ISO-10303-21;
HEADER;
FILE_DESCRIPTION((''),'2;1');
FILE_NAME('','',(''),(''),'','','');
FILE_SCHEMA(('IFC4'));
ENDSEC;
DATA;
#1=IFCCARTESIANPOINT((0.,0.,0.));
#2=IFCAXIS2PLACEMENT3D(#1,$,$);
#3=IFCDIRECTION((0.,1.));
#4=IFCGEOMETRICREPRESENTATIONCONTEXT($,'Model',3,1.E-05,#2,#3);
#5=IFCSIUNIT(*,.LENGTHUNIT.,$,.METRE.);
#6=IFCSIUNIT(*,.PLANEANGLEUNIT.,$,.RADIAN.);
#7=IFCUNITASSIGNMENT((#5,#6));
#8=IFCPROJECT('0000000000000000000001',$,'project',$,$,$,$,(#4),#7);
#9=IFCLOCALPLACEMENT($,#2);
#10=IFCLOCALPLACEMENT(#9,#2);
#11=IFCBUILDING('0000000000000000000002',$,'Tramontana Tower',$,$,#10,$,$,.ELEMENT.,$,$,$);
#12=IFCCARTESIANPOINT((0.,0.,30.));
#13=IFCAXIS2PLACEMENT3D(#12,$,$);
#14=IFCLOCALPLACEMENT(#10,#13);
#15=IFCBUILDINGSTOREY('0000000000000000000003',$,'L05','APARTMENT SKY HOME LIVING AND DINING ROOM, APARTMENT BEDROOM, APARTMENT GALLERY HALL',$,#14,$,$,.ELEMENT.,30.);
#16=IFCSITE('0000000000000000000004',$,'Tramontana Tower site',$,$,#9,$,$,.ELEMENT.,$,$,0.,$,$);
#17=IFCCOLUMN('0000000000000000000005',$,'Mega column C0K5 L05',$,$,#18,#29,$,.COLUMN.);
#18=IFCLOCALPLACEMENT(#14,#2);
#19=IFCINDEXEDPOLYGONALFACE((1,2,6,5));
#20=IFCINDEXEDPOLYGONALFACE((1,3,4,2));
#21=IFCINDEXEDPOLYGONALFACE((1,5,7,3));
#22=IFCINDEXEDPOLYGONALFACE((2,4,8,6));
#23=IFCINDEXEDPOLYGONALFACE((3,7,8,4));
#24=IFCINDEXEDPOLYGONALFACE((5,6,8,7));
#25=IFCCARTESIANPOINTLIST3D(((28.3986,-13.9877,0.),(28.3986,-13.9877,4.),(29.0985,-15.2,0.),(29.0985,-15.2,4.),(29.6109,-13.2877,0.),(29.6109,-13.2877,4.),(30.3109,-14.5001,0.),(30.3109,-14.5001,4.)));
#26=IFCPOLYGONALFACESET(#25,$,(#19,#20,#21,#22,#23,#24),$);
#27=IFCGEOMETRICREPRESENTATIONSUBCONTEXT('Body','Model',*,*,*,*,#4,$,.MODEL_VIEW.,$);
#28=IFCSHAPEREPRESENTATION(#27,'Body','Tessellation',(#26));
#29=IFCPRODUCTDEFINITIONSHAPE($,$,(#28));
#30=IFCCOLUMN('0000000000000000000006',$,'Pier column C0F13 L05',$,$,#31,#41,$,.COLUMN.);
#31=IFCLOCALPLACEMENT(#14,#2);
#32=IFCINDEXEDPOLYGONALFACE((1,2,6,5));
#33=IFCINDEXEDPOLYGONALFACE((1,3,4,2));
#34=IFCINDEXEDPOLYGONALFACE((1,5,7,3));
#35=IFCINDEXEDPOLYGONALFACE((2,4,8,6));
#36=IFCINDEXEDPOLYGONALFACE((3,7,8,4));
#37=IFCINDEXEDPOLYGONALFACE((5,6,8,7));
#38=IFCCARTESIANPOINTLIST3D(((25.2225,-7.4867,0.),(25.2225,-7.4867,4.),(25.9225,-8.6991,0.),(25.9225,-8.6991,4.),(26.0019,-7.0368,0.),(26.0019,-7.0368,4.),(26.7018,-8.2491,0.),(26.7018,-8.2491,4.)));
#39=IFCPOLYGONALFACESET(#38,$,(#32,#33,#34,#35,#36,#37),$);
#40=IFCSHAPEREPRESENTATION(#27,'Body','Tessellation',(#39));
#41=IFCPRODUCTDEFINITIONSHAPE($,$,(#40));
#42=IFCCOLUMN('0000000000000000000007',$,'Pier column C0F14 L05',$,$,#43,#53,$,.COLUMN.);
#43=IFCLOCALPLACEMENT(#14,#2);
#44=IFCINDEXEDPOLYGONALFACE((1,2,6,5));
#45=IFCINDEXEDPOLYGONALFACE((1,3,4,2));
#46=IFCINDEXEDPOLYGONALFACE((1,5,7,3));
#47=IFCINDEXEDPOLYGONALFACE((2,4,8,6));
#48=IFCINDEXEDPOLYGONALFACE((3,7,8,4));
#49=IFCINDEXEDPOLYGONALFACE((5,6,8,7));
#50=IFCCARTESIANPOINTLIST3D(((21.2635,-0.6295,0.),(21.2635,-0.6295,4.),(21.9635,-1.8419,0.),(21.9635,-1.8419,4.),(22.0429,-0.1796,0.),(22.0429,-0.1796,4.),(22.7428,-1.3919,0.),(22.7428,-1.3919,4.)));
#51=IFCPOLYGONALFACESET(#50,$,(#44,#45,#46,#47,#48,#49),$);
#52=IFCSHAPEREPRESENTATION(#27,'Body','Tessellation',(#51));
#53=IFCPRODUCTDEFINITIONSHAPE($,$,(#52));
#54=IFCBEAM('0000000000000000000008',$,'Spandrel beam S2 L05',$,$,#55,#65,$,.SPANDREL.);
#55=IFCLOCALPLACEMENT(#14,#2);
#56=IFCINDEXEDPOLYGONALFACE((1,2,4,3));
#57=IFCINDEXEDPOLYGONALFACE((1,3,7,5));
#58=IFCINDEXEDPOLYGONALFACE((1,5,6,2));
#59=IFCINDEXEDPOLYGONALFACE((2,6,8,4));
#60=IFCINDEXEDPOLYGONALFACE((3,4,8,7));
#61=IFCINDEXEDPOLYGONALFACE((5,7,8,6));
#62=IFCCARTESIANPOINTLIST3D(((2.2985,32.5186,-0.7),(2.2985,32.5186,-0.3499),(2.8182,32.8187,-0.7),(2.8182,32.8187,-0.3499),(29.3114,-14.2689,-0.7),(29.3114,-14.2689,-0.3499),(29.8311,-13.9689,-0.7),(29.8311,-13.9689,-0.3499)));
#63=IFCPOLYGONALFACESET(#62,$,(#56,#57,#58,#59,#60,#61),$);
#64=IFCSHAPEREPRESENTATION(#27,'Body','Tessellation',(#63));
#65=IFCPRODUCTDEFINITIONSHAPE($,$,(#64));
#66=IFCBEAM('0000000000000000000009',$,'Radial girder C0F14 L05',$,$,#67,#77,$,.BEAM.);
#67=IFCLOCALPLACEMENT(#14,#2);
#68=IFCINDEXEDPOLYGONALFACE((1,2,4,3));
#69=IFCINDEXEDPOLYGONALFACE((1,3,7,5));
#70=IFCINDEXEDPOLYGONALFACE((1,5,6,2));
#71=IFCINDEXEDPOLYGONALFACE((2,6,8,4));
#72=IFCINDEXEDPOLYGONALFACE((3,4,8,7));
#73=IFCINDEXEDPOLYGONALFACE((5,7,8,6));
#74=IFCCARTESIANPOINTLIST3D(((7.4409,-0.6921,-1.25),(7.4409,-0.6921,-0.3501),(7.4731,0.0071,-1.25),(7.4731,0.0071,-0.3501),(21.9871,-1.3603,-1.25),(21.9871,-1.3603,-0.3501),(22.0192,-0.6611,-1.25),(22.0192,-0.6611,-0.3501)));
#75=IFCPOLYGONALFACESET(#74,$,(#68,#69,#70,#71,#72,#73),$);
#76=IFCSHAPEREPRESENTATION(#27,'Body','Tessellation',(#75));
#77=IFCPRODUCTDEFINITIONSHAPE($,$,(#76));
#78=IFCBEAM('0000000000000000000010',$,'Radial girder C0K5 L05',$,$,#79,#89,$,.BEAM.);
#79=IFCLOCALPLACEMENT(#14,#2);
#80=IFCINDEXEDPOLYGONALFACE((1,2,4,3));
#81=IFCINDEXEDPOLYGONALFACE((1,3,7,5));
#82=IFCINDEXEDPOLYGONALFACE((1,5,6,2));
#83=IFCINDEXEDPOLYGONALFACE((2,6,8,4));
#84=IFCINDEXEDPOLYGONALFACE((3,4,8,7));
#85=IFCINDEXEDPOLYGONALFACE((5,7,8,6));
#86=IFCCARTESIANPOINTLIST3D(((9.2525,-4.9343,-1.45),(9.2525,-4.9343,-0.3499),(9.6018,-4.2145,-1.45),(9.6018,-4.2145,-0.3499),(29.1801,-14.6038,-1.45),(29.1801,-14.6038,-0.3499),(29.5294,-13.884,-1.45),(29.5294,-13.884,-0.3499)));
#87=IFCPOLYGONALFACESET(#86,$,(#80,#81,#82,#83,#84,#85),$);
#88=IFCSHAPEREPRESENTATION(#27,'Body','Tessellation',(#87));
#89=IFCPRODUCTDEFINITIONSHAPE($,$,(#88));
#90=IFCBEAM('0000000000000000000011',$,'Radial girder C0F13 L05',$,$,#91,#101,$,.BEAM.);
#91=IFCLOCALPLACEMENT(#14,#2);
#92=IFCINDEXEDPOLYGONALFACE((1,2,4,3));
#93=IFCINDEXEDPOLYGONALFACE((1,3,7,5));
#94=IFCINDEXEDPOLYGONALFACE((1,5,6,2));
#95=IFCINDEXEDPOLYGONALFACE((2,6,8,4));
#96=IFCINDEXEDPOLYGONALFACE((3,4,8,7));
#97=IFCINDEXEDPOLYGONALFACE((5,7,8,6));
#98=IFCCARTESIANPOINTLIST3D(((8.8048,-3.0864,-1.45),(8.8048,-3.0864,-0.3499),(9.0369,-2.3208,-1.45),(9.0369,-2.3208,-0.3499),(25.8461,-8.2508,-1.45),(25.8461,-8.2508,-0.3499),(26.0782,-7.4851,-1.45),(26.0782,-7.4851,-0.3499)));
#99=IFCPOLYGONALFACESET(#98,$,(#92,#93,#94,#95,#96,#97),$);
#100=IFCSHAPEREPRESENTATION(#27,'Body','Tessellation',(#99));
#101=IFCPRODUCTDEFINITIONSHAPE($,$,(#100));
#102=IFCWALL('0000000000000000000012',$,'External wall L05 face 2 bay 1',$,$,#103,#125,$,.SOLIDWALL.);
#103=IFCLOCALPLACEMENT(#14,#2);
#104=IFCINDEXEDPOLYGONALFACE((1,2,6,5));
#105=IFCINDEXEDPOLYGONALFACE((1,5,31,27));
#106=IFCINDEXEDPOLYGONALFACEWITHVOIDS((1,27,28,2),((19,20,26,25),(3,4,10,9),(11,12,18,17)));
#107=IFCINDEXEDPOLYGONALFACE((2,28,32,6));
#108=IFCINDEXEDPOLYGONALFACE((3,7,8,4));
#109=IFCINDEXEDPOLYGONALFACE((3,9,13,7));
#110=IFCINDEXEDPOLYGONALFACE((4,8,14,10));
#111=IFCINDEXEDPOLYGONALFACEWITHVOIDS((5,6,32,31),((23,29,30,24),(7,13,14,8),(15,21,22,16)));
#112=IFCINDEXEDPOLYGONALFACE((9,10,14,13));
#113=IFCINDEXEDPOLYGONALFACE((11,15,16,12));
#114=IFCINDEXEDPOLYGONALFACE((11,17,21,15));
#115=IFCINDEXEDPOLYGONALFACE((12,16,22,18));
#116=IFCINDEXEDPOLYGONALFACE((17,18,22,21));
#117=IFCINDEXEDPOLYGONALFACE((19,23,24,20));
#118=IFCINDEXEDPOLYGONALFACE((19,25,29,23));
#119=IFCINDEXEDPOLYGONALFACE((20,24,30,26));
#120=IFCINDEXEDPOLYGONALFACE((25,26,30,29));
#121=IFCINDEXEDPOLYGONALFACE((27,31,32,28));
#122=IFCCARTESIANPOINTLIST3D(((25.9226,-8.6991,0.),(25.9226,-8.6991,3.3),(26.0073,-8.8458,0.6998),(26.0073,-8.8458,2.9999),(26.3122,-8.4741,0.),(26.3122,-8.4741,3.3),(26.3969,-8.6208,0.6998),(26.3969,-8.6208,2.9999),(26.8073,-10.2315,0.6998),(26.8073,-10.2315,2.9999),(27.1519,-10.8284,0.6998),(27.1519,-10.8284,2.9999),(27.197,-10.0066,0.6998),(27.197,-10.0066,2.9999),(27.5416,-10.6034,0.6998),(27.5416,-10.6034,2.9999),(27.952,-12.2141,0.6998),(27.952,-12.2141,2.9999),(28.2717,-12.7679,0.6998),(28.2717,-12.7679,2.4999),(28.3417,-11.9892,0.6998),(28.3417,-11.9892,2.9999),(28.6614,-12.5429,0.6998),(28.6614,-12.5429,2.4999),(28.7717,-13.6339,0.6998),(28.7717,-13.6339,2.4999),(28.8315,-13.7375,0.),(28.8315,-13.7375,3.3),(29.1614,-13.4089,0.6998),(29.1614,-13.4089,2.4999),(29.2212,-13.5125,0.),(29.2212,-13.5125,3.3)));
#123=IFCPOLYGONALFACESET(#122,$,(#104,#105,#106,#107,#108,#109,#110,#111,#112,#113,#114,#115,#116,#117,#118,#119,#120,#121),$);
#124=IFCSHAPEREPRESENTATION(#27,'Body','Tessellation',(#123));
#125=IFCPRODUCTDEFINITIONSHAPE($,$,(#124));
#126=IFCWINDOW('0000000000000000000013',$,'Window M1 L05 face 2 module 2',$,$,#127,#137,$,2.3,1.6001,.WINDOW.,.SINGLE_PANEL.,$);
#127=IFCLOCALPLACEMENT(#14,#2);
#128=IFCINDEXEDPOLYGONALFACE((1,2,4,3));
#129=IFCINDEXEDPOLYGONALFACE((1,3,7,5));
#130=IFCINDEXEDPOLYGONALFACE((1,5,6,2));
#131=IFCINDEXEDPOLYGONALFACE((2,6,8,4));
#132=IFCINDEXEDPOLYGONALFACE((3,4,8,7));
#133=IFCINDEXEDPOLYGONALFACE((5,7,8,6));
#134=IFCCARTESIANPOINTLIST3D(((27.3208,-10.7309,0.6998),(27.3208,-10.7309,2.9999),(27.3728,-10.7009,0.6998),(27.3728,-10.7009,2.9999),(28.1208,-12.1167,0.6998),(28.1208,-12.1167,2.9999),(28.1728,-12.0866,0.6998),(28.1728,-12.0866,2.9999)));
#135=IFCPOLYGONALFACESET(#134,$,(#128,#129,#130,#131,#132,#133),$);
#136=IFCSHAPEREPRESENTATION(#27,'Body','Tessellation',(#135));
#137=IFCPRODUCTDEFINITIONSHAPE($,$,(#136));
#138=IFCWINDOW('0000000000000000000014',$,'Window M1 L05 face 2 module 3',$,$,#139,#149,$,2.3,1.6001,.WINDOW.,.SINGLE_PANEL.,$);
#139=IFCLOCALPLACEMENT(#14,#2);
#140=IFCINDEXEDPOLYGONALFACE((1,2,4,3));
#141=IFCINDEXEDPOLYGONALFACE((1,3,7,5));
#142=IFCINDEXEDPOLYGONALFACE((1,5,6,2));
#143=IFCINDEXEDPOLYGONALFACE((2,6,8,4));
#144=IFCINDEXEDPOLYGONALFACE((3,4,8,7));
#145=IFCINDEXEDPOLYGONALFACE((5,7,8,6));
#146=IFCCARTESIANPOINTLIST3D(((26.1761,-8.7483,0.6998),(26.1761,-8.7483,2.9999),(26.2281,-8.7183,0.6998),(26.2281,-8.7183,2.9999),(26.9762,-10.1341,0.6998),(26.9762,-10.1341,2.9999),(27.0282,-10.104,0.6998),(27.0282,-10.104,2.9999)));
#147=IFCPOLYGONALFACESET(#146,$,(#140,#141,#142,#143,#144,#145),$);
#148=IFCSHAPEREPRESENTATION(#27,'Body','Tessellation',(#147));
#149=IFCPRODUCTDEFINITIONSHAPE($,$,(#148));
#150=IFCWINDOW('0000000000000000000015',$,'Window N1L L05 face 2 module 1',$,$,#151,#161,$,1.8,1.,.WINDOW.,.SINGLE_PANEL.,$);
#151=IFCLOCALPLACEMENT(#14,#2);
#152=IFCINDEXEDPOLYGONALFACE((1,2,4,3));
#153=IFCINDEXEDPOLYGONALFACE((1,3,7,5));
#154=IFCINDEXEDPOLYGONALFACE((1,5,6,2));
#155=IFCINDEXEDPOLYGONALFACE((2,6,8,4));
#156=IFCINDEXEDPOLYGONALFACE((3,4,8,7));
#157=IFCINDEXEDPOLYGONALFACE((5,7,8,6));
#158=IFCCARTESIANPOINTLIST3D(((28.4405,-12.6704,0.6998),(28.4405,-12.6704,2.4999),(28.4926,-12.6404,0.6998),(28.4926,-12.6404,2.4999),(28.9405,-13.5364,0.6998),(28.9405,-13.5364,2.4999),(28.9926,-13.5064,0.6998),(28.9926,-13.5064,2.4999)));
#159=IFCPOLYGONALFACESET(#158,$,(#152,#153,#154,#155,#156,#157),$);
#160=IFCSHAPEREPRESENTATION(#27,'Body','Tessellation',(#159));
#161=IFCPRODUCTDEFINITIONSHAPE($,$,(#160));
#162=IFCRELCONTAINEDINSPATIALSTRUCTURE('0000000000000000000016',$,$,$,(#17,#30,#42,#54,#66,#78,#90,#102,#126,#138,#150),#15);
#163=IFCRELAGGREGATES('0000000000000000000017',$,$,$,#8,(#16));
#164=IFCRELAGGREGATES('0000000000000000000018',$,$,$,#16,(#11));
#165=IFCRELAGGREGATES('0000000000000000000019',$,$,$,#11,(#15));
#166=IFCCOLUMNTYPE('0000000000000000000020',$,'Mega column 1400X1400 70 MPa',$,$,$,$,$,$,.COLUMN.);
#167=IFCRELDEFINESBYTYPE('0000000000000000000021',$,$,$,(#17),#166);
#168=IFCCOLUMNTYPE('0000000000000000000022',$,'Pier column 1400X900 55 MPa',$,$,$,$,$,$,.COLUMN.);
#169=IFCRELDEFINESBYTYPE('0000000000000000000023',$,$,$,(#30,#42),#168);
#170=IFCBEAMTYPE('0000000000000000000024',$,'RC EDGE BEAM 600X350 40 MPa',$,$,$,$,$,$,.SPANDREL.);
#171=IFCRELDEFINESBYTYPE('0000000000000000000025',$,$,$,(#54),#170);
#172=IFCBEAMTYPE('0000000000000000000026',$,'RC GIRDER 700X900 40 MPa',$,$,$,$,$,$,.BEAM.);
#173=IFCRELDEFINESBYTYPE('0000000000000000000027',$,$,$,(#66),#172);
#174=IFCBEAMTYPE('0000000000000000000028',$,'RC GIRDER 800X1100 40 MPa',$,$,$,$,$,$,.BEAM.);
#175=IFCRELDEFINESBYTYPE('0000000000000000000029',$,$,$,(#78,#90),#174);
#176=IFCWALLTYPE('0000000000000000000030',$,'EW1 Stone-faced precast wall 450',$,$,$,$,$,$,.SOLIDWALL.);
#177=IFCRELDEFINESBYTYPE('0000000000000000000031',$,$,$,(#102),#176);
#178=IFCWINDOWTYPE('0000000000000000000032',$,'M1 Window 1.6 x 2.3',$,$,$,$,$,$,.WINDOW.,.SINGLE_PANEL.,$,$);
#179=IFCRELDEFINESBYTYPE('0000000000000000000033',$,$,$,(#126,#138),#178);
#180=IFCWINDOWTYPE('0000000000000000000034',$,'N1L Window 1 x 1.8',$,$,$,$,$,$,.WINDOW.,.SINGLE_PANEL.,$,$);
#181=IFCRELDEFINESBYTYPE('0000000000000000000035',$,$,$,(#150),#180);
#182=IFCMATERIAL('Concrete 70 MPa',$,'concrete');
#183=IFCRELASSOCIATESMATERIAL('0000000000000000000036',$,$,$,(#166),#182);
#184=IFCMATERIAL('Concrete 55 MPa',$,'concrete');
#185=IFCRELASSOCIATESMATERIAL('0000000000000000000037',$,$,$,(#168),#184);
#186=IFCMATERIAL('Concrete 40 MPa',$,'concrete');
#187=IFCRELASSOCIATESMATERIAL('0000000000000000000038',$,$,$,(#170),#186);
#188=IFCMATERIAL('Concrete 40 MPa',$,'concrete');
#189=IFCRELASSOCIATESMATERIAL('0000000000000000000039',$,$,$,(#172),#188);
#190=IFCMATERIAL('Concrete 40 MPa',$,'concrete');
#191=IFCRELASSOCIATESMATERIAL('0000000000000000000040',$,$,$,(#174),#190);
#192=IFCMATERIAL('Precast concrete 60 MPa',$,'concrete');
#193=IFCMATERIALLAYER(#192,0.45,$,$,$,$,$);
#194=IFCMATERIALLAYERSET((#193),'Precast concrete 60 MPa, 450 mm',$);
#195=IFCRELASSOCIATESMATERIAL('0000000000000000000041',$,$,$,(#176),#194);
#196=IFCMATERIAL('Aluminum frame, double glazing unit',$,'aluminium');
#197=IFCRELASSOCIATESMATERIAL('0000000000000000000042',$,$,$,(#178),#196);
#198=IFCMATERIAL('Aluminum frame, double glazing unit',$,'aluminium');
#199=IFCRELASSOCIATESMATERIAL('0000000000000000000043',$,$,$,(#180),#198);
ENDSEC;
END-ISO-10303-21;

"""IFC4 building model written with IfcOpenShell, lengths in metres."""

from ifc_helpers import new_model, si_unit, direction, frame, frame_2d, origin, origin_2d, place, context, subcontext, project, spatial, rectangle, extrude, material, layer, layer_set, material_profile, profile_set, type_object, element, fill, save


model = new_model("IFC4")

# Units and contexts
model_context = context("Model", 3, precision=1e-05, world=origin(), true_north=direction((0.0, 1.0)))
body_context = subcontext(model_context, "Body", "Model", "MODEL_VIEW")
ifc_project = project(units=[si_unit("LENGTHUNIT", "METRE"), si_unit("PLANEANGLEUNIT", "RADIAN")], contexts=[model_context])

# Site, building, storey
site_placement = place(None, origin())
site = spatial("IfcSite", under=ifc_project, at=site_placement, Name="Tramontana Tower site", CompositionType="ELEMENT", RefElevation=0.0)
building_placement = place(site_placement, origin())
building = spatial("IfcBuilding", under=site, at=building_placement, Name="Tramontana Tower", CompositionType="ELEMENT")
storey_placement = place(building_placement, frame((0.0, 0.0, 30.0)))
storey = spatial("IfcBuildingStorey", under=building, at=storey_placement, Name="L05", Description="APARTMENT SKY HOME LIVING AND DINING ROOM, APARTMENT BEDROOM, APARTMENT GALLERY HALL", CompositionType="ELEMENT", Elevation=30.0)

# Columns
ifc_material_1 = material(Name="Concrete 70 MPa", Category="concrete")
ifc_material_profile_1 = material_profile(ifc_material_1, rectangle(XDim=1.3999, YDim=1.3999, at=origin_2d()), Name="Mega column 1400X1400 70 MPa")
ifc_profile_set_1 = profile_set([ifc_material_profile_1], Name="Concrete 70 MPa")
column_type_1 = type_object("IfcColumnType", Name="Mega column 1400X1400 70 MPa", PredefinedType="COLUMN", material=ifc_profile_set_1)
column_placement = place(storey_placement, frame((29.3547, -14.2439, 0.0), z_axis=(0.0, 0.0, 1.0), x_axis=(-0.5, 0.866025, 0.0)))
element("IfcColumn", 1, at=column_placement, inside=storey, type_object=column_type_1, Name="Mega column C0K5 L05", PredefinedType="COLUMN", context=body_context, shape_type="SweptSolid", body=[
    extrude(rectangle(XDim=1.3999, YDim=1.3999, at=origin_2d()), origin(), (0.0, 0.0, 1.0), 4.0),
])
ifc_material_2 = material(Name="Concrete 55 MPa", Category="concrete")
ifc_material_profile_2 = material_profile(ifc_material_2, rectangle(XDim=1.3999, YDim=0.8999, at=origin_2d()), Name="Pier column 1400X900 55 MPa")
ifc_profile_set_2 = profile_set([ifc_material_profile_2], Name="Concrete 55 MPa")
column_type_2 = type_object("IfcColumnType", Name="Pier column 1400X900 55 MPa", PredefinedType="COLUMN", material=ifc_profile_set_2)
for number, where, z_axis, x_axis, name in (
    (2, (25.9622, -7.8679, 0.0), (0.0, 0.0, 1.0), (-0.5, 0.866025, 0.0), "Pier column C0F13 L05"),
    (3, (22.0032, -1.0107, 0.0), (0.0, 0.0, 1.0), (-0.5, 0.866025, 0.0), "Pier column C0F14 L05"),
):
    element("IfcColumn", number, at=place(storey_placement, frame(where, z_axis=z_axis, x_axis=x_axis)), inside=storey, type_object=column_type_2, Name=name, PredefinedType="COLUMN", context=body_context, shape_type="SweptSolid", body=[
        extrude(rectangle(XDim=1.3999, YDim=0.8999, at=origin_2d()), origin(), (0.0, 0.0, 1.0), 4.0),
    ])

# Beams
ifc_material_3 = material(Name="Concrete 40 MPa", Category="concrete")
ifc_material_profile_3 = material_profile(ifc_material_3, rectangle(XDim=0.6001, YDim=0.3501, at=origin_2d()), Name="RC EDGE BEAM 600X350 40 MPa")
ifc_profile_set_3 = profile_set([ifc_material_profile_3], Name="Concrete 40 MPa")
beam_type_1 = type_object("IfcBeamType", Name="RC EDGE BEAM 600X350 40 MPa", PredefinedType="SPANDREL", material=ifc_profile_set_3)
beam_1_placement = place(storey_placement, frame((29.5713, -14.1189, -0.5249), z_axis=(-0.500001, 0.866025, 0.0), x_axis=(-0.866025, -0.500001, 0.0)))
element("IfcBeam", 4, at=beam_1_placement, inside=storey, type_object=beam_type_1, Name="Spandrel beam S2 L05", PredefinedType="SPANDREL", context=body_context, shape_type="SweptSolid", body=[
    extrude(rectangle(XDim=0.6001, YDim=0.3501, at=origin_2d()), origin(), (0.0, 0.0, 1.0), 54.0256),
])
ifc_material_4 = material(Name="Concrete 40 MPa", Category="concrete")
ifc_material_profile_4 = material_profile(ifc_material_4, rectangle(XDim=0.7, YDim=0.8999, at=origin_2d()), Name="RC GIRDER 700X900 40 MPa")
ifc_profile_set_4 = profile_set([ifc_material_profile_4], Name="Concrete 40 MPa")
beam_type_2 = type_object("IfcBeamType", Name="RC GIRDER 700X900 40 MPa", PredefinedType="BEAM", material=ifc_profile_set_4)
beam_2_placement = place(storey_placement, frame((22.0032, -1.0107, -0.8), z_axis=(-0.998947, 0.045889, 0.0), x_axis=(-0.045889, -0.998947, 0.0)))
element("IfcBeam", 5, at=beam_2_placement, inside=storey, type_object=beam_type_2, Name="Radial girder C0F14 L05", PredefinedType="BEAM", context=body_context, shape_type="SweptSolid", body=[
    extrude(rectangle(XDim=0.7, YDim=0.8999, at=origin_2d()), origin(), (0.0, 0.0, 1.0), 14.5615),
])
ifc_material_5 = material(Name="Concrete 40 MPa", Category="concrete")
ifc_material_profile_5 = material_profile(ifc_material_5, rectangle(XDim=0.8, YDim=1.1001, at=origin_2d()), Name="RC GIRDER 800X1100 40 MPa")
ifc_profile_set_5 = profile_set([ifc_material_profile_5], Name="Concrete 40 MPa")
beam_type_3 = type_object("IfcBeamType", Name="RC GIRDER 800X1100 40 MPa", PredefinedType="BEAM", material=ifc_profile_set_5)
beam_3_placement = place(storey_placement, frame((29.3547, -14.2439, -0.8999), z_axis=(-0.899679, 0.436552, 0.0), x_axis=(-0.436552, -0.899679, 0.0)))
element("IfcBeam", 6, at=beam_3_placement, inside=storey, type_object=beam_type_3, Name="Radial girder C0K5 L05", PredefinedType="BEAM", context=body_context, shape_type="SweptSolid", body=[
    extrude(rectangle(XDim=0.8, YDim=1.1001, at=origin_2d()), origin(), (0.0, 0.0, 1.0), 22.1497),
])
beam_4_placement = place(storey_placement, frame((25.9622, -7.8679, -0.8999), z_axis=(-0.95702, 0.290022, 0.0), x_axis=(-0.290022, -0.95702, 0.0)))
element("IfcBeam", 7, at=beam_4_placement, inside=storey, type_object=beam_type_3, Name="Radial girder C0F13 L05", PredefinedType="BEAM", context=body_context, shape_type="SweptSolid", body=[
    extrude(rectangle(XDim=0.8, YDim=1.1001, at=origin_2d()), origin(), (0.0, 0.0, 1.0), 17.8066),
])

# Wall, openings, windows
ifc_material_6 = material(Name="Precast concrete 60 MPa", Category="concrete")
ifc_layer_1 = layer(ifc_material_6, 0.45)
ifc_layer_set_1 = layer_set([ifc_layer_1], Name="Precast concrete 60 MPa, 450 mm")
wall_type_1 = type_object("IfcWallType", Name="EW1 Stone-faced precast wall 450", PredefinedType="SOLIDWALL", material=ifc_layer_set_1)
wall_1_placement = place(storey_placement, frame((29.0264, -13.625, 0.0), z_axis=(0.0, 0.0, 1.0), x_axis=(-0.500007, 0.866021, 0.0)))
wall_1 = element("IfcWall", 8, at=wall_1_placement, inside=storey, type_object=wall_type_1, Name="External wall L05 face 2 bay 1", PredefinedType="SOLIDWALL", context=body_context, shape_type="SweptSolid", body=[
    extrude(rectangle(XDim=5.8179, YDim=0.45, at=frame_2d((2.9089, 0.0))), origin(), (0.0, 0.0, 1.0), 3.3),
])
opening_1_placement = place(wall_1_placement, frame((0.1196, 0.0, 0.7)))
opening_1 = element("IfcOpeningElement", 9, at=opening_1_placement, cuts=wall_1, PredefinedType="OPENING", context=body_context, shape_type="SweptSolid", body=[
    extrude(rectangle(XDim=1.0, YDim=1.8, at=frame_2d((0.5, 0.8999))), frame((0.0, 0.2349, 0.0), z_axis=(0.0, -1.0, 0.0), x_axis=(1.0, 0.0, 0.0)), (0.0, 0.0, 1.0), 0.47),
])
opening_2_placement = place(wall_1_placement, frame((1.759, 0.0, 0.7)))
opening_2 = element("IfcOpeningElement", 10, at=opening_2_placement, cuts=wall_1, PredefinedType="OPENING", context=body_context, shape_type="SweptSolid", body=[
    extrude(rectangle(XDim=1.6001, YDim=2.3, at=frame_2d((0.8, 1.1499))), frame((0.0, 0.2349, 0.0), z_axis=(0.0, -1.0, 0.0), x_axis=(1.0, 0.0, 0.0)), (0.0, 0.0, 1.0), 0.47),
])
opening_3_placement = place(wall_1_placement, frame((4.0483, 0.0, 0.7)))
opening_3 = element("IfcOpeningElement", 11, at=opening_3_placement, cuts=wall_1, PredefinedType="OPENING", context=body_context, shape_type="SweptSolid", body=[
    extrude(rectangle(XDim=1.6001, YDim=2.3, at=frame_2d((0.8, 1.1499))), frame((0.0, 0.2349, 0.0), z_axis=(0.0, -1.0, 0.0), x_axis=(1.0, 0.0, 0.0)), (0.0, 0.0, 1.0), 0.47),
])
ifc_material_7 = material(Name="Aluminum frame, double glazing unit", Category="aluminium")
window_type_1 = type_object("IfcWindowType", Name="M1 Window 1.6 x 2.3", PartitioningType="SINGLE_PANEL", PredefinedType="WINDOW", material=ifc_material_7)
window_1_placement = place(opening_2_placement, origin())
window_1 = element("IfcWindow", 12, at=window_1_placement, inside=storey, type_object=window_type_1, Name="Window M1 L05 face 2 module 2", OverallHeight=2.3, OverallWidth=1.6001, PartitioningType="SINGLE_PANEL", PredefinedType="WINDOW", context=body_context, shape_type="SweptSolid", body=[
    extrude(rectangle(XDim=1.6001, YDim=2.3, at=frame_2d((0.8, 1.1499))), frame((0.0, 0.03, 0.0), z_axis=(0.0, -1.0, 0.0), x_axis=(1.0, 0.0, 0.0)), (0.0, 0.0, 1.0), 0.0601),
])
fill(opening_2, window_1)
window_2_placement = place(opening_3_placement, origin())
window_2 = element("IfcWindow", 13, at=window_2_placement, inside=storey, type_object=window_type_1, Name="Window M1 L05 face 2 module 3", OverallHeight=2.3, OverallWidth=1.6001, PartitioningType="SINGLE_PANEL", PredefinedType="WINDOW", context=body_context, shape_type="SweptSolid", body=[
    extrude(rectangle(XDim=1.6001, YDim=2.3, at=frame_2d((0.8, 1.1499))), frame((0.0, 0.03, 0.0), z_axis=(0.0, -1.0, 0.0), x_axis=(1.0, 0.0, 0.0)), (0.0, 0.0, 1.0), 0.0601),
])
fill(opening_3, window_2)
ifc_material_8 = material(Name="Aluminum frame, double glazing unit", Category="aluminium")
window_type_2 = type_object("IfcWindowType", Name="N1L Window 1 x 1.8", PartitioningType="SINGLE_PANEL", PredefinedType="WINDOW", material=ifc_material_8)
window_3_placement = place(opening_1_placement, origin())
window_3 = element("IfcWindow", 14, at=window_3_placement, inside=storey, type_object=window_type_2, Name="Window N1L L05 face 2 module 1", OverallHeight=1.8, OverallWidth=1.0, PartitioningType="SINGLE_PANEL", PredefinedType="WINDOW", context=body_context, shape_type="SweptSolid", body=[
    extrude(rectangle(XDim=1.0, YDim=1.8, at=frame_2d((0.5, 0.8999))), frame((0.0, 0.03, 0.0), z_axis=(0.0, -1.0, 0.0), x_axis=(1.0, 0.0, 0.0)), (0.0, 0.0, 1.0), 0.0601),
])
fill(opening_1, window_3)

save(model, "model.ifc")
